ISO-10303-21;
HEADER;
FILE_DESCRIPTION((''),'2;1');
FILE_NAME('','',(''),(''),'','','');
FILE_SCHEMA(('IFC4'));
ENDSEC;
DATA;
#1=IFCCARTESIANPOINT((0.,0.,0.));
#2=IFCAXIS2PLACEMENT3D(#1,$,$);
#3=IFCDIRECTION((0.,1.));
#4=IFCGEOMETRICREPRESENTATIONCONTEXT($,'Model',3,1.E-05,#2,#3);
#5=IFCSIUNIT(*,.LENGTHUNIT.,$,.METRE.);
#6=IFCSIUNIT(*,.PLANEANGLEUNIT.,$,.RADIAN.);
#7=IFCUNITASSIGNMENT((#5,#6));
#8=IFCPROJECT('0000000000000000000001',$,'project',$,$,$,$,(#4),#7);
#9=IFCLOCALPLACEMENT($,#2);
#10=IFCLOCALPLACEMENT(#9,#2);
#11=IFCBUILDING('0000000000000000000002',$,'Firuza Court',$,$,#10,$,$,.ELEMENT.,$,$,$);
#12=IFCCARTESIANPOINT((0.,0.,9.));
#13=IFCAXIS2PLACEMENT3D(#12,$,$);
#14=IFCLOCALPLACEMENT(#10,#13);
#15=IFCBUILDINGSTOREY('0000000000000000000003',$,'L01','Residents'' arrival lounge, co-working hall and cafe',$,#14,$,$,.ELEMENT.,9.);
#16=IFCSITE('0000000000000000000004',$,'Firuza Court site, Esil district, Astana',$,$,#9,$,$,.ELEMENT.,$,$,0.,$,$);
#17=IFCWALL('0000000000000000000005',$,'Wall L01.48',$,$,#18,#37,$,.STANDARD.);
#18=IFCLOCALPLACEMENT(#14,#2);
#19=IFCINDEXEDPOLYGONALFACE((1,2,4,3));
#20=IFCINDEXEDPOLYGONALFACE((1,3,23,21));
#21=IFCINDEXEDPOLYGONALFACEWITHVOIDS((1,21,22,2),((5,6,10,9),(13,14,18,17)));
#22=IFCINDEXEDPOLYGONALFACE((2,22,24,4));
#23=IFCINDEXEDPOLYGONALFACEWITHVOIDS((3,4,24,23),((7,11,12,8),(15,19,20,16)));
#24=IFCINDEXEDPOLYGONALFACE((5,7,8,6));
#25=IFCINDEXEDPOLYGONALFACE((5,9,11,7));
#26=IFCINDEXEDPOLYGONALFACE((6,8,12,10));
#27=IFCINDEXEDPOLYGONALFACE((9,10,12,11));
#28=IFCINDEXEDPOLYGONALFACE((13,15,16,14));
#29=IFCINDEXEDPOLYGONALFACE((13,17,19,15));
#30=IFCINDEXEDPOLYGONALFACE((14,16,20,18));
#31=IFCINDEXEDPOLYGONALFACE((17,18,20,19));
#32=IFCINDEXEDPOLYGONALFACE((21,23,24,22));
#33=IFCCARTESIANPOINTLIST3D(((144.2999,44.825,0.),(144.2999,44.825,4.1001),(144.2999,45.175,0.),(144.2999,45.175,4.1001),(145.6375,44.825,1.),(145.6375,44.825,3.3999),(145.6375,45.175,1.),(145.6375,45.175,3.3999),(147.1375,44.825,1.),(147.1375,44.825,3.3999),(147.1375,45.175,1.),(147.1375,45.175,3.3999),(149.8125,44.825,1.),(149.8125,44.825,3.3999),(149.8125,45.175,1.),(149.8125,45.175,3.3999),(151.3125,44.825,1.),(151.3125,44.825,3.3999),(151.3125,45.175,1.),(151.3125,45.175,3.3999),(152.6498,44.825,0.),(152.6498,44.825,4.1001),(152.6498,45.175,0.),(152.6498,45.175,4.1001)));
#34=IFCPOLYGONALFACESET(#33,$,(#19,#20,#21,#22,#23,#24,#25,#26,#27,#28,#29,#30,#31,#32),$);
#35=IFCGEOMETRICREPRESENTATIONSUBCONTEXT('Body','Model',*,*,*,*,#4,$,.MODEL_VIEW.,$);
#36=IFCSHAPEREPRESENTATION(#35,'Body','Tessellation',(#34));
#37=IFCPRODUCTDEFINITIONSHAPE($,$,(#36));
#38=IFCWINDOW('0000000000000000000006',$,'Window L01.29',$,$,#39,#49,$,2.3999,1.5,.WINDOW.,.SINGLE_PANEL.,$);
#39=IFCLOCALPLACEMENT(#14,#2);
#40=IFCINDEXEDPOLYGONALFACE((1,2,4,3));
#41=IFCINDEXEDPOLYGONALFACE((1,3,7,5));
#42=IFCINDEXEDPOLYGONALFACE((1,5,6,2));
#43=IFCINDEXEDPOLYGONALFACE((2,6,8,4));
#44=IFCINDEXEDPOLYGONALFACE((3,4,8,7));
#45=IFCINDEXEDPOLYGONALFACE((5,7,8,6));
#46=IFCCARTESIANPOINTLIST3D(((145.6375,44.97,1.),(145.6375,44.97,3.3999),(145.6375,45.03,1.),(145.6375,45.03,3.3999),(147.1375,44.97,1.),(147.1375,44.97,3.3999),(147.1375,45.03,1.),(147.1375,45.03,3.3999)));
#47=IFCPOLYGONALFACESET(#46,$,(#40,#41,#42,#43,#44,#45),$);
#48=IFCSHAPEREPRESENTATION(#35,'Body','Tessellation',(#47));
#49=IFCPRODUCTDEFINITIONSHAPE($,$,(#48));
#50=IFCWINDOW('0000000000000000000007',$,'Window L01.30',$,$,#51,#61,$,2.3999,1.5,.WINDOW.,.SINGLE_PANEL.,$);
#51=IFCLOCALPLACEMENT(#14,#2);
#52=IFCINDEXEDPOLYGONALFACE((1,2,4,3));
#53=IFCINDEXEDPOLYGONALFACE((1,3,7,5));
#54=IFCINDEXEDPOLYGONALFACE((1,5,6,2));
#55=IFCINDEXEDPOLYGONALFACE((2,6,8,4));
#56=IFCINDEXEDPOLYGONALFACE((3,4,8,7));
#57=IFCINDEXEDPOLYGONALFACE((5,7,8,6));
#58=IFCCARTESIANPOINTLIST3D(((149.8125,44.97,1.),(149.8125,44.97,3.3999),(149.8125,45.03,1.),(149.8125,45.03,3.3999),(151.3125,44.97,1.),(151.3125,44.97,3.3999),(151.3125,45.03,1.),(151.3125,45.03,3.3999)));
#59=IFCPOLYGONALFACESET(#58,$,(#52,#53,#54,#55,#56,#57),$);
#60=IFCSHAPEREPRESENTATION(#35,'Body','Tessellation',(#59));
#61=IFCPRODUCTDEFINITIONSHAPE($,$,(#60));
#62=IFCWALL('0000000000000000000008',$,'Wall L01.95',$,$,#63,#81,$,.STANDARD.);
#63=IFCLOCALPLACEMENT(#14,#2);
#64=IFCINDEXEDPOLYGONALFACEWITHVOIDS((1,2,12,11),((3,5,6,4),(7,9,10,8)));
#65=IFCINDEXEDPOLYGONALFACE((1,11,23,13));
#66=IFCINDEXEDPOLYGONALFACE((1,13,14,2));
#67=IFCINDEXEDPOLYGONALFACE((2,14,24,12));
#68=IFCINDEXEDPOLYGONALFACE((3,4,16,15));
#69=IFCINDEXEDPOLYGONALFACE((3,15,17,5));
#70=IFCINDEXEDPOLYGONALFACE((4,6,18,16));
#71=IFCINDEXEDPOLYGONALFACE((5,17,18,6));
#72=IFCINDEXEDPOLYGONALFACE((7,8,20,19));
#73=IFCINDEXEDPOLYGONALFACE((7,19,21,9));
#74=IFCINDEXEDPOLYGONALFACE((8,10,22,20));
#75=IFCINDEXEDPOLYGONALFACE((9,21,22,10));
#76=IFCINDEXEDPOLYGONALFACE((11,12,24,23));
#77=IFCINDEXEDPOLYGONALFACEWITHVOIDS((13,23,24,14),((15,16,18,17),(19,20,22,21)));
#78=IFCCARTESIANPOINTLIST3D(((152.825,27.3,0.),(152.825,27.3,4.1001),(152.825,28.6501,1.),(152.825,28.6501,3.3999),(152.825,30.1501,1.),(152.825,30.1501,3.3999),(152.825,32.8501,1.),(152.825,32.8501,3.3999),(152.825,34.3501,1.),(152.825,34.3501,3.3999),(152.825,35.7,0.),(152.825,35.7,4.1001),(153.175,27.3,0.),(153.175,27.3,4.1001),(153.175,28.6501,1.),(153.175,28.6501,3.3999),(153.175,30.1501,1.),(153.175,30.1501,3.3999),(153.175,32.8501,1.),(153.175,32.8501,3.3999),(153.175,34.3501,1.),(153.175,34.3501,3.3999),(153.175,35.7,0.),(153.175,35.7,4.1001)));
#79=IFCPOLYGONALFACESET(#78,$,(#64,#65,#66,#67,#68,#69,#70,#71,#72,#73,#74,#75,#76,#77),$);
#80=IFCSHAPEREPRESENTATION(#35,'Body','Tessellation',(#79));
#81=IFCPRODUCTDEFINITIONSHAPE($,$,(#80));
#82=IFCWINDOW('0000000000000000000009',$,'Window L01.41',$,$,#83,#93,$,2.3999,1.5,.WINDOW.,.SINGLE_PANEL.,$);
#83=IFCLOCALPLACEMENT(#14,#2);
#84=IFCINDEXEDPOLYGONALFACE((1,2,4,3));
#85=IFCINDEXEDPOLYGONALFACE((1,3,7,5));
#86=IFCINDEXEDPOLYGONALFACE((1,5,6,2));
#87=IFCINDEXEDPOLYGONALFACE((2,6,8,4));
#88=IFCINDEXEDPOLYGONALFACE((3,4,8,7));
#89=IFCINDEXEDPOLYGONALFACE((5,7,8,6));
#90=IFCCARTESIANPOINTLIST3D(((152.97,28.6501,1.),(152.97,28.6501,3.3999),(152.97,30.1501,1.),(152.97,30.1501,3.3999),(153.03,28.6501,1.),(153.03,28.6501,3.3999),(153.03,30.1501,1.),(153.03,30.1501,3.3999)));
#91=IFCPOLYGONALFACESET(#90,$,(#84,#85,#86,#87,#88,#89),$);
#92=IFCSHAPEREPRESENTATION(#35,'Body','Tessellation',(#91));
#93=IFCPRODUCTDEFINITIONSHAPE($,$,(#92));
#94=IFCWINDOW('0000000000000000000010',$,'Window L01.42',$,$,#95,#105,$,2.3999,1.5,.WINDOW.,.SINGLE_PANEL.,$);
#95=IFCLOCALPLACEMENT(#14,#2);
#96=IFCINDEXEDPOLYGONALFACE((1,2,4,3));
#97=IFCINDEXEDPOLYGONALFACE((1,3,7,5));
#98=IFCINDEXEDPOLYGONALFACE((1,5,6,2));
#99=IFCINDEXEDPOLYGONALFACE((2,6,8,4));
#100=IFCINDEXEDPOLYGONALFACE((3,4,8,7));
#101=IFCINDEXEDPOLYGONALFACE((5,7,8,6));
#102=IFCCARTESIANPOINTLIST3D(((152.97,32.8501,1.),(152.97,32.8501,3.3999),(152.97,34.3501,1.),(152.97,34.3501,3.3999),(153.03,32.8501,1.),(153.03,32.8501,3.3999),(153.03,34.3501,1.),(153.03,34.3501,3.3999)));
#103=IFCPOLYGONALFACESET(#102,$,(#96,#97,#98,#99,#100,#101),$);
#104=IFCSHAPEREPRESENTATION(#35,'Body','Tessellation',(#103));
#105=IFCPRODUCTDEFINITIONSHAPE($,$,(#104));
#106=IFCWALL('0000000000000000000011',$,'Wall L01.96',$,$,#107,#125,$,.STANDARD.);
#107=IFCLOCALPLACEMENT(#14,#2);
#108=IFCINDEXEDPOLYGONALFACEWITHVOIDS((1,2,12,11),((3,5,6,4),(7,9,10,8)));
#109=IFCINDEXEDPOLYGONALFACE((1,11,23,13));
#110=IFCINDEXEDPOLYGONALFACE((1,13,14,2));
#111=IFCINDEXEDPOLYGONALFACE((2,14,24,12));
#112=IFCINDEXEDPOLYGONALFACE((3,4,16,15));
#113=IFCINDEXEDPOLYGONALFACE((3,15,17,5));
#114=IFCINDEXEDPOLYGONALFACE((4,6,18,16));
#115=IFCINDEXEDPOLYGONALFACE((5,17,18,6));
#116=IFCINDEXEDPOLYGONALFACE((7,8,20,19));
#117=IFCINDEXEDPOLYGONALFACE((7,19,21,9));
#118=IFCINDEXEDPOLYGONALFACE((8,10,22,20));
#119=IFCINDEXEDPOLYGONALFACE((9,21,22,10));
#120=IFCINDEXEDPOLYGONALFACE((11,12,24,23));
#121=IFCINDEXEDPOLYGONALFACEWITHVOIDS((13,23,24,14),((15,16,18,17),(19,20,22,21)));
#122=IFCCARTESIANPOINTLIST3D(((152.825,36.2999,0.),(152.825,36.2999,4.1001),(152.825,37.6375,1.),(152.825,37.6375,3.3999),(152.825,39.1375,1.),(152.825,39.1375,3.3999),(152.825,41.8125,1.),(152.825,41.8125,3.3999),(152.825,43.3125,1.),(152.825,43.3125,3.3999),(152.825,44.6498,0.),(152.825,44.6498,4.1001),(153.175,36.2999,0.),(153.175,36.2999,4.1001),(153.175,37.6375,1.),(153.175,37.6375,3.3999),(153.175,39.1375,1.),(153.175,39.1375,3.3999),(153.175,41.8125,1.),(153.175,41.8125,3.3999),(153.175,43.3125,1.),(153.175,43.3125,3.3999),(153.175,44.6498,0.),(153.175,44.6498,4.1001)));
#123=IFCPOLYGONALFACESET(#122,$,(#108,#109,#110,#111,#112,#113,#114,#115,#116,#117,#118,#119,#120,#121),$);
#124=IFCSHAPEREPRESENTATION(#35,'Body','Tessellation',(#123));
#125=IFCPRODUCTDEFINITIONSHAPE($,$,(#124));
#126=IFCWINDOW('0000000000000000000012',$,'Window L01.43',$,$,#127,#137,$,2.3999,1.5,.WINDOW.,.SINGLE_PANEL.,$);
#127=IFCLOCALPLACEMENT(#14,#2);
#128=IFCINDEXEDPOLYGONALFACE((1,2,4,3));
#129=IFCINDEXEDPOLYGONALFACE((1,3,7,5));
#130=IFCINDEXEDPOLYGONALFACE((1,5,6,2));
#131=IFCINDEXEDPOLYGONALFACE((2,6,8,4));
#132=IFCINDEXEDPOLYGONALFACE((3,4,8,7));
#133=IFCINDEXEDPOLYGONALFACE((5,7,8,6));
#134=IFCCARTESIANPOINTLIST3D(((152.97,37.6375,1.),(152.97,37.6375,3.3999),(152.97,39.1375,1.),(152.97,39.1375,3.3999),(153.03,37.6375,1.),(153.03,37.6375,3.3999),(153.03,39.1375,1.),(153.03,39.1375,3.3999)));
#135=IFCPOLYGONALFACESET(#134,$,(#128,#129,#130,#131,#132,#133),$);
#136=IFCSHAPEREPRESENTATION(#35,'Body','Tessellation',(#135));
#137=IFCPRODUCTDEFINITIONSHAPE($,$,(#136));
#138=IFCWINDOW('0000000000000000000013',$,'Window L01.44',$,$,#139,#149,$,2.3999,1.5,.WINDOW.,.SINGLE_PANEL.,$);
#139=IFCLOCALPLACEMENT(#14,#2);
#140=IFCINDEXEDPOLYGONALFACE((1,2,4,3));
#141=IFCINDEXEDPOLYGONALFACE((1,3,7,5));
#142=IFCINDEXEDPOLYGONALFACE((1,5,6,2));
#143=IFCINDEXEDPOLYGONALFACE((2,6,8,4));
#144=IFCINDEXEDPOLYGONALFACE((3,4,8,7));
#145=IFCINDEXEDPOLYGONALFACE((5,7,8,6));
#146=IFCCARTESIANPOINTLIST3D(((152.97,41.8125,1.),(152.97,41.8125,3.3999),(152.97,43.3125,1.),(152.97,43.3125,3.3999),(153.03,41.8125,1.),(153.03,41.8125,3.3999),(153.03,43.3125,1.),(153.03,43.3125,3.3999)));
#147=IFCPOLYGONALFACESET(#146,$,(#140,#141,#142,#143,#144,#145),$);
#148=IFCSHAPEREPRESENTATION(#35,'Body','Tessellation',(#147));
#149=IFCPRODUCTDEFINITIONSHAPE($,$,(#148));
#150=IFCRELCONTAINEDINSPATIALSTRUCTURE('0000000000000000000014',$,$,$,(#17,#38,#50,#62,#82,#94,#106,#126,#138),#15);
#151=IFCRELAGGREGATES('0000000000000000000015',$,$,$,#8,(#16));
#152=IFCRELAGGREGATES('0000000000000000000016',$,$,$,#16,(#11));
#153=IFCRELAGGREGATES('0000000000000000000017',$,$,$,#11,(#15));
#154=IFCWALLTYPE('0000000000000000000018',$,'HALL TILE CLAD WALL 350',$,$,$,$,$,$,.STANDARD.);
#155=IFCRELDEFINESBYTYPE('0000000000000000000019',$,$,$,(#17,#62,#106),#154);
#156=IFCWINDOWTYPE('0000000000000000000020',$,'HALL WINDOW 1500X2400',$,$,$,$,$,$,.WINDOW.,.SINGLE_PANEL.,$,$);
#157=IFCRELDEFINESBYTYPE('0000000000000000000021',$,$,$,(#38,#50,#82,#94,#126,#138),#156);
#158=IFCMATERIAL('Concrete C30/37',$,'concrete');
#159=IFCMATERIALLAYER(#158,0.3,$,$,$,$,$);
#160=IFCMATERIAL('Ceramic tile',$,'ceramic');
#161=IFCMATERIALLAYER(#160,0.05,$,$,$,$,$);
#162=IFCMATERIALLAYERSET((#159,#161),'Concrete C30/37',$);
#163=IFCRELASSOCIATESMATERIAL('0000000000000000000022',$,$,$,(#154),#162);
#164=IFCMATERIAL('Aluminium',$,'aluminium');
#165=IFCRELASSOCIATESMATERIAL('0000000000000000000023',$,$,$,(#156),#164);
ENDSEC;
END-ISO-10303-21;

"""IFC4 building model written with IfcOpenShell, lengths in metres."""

from ifc_helpers import new_model, si_unit, direction, frame, frame_2d, origin, place, context, subcontext, project, spatial, rectangle, extrude, material, layer, layer_set, type_object, element, fill, save


model = new_model("IFC4")

# Units and contexts
model_context = context("Model", 3, precision=1e-05, world=origin(), true_north=direction((0.0, 1.0)))
body_context = subcontext(model_context, "Body", "Model", "MODEL_VIEW")
ifc_project = project(units=[si_unit("LENGTHUNIT", "METRE"), si_unit("PLANEANGLEUNIT", "RADIAN")], contexts=[model_context])

# Site, building, storey
site_placement = place(None, origin())
site = spatial("IfcSite", under=ifc_project, at=site_placement, Name="Firuza Court site, Esil district, Astana", CompositionType="ELEMENT", RefElevation=0.0)
building_placement = place(site_placement, origin())
building = spatial("IfcBuilding", under=site, at=building_placement, Name="Firuza Court", CompositionType="ELEMENT")
storey_placement = place(building_placement, frame((0.0, 0.0, 9.0)))
storey = spatial("IfcBuildingStorey", under=building, at=storey_placement, Name="L01", Description="Residents' arrival lounge, co-working hall and cafe", CompositionType="ELEMENT", Elevation=9.0)

# Shared definitions
ifc_material_1 = material(Name="Concrete C30/37", Category="concrete")
ifc_layer_1 = layer(ifc_material_1, 0.3)
ifc_material_2 = material(Name="Ceramic tile", Category="ceramic")
ifc_layer_2 = layer(ifc_material_2, 0.05)
ifc_layer_set_1 = layer_set([ifc_layer_1, ifc_layer_2], Name="Concrete C30/37")
wall_type_1 = type_object("IfcWallType", Name="HALL TILE CLAD WALL 350", PredefinedType="STANDARD", material=ifc_layer_set_1)

# Walls, openings, windows
wall_1_placement = place(storey_placement, frame((144.3, 45.0, 0.0), z_axis=(0.0, 0.0, 1.0), x_axis=(1.0, 0.0, 0.0)))
wall_1 = element("IfcWall", 1, at=wall_1_placement, inside=storey, type_object=wall_type_1, Name="Wall L01.48", PredefinedType="STANDARD", context=body_context, shape_type="SweptSolid", body=[
    extrude(rectangle(XDim=8.3499, YDim=0.3501, at=frame_2d((4.1748, 0.0))), origin(), (0.0, 0.0, 1.0), 4.1001),
])
opening_1_placement = place(wall_1_placement, frame((1.3374, 0.0, 1.0)))
opening_1 = element("IfcOpeningElement", 2, at=opening_1_placement, cuts=wall_1, PredefinedType="OPENING", context=body_context, shape_type="SweptSolid", body=[
    extrude(rectangle(XDim=1.5, YDim=2.3999, at=frame_2d((0.75, 1.2))), frame((0.0, 0.187, 0.0), z_axis=(0.0, -1.0, 0.0), x_axis=(1.0, 0.0, 0.0)), (0.0, 0.0, 1.0), 0.374),
])
opening_2_placement = place(wall_1_placement, frame((5.5125, 0.0, 1.0)))
opening_2 = element("IfcOpeningElement", 3, at=opening_2_placement, cuts=wall_1, PredefinedType="OPENING", context=body_context, shape_type="SweptSolid", body=[
    extrude(rectangle(XDim=1.5, YDim=2.3999, at=frame_2d((0.75, 1.2))), frame((0.0, 0.187, 0.0), z_axis=(0.0, -1.0, 0.0), x_axis=(1.0, 0.0, 0.0)), (0.0, 0.0, 1.0), 0.374),
])
ifc_material_3 = material(Name="Aluminium", Category="aluminium")
window_type = type_object("IfcWindowType", Name="HALL WINDOW 1500X2400", PartitioningType="SINGLE_PANEL", PredefinedType="WINDOW", material=ifc_material_3)
window_1_placement = place(opening_1_placement, origin())
window_1 = element("IfcWindow", 4, at=window_1_placement, inside=storey, type_object=window_type, Name="Window L01.29", OverallHeight=2.3999, OverallWidth=1.5, PartitioningType="SINGLE_PANEL", PredefinedType="WINDOW", context=body_context, shape_type="SweptSolid", body=[
    extrude(rectangle(XDim=1.5, YDim=2.3999, at=frame_2d((0.75, 1.2))), frame((0.0, 0.03, 0.0), z_axis=(0.0, -1.0, 0.0), x_axis=(1.0, 0.0, 0.0)), (0.0, 0.0, 1.0), 0.0601),
])
fill(opening_1, window_1)
window_2_placement = place(opening_2_placement, origin())
window_2 = element("IfcWindow", 5, at=window_2_placement, inside=storey, type_object=window_type, Name="Window L01.30", OverallHeight=2.3999, OverallWidth=1.5, PartitioningType="SINGLE_PANEL", PredefinedType="WINDOW", context=body_context, shape_type="SweptSolid", body=[
    extrude(rectangle(XDim=1.5, YDim=2.3999, at=frame_2d((0.75, 1.2))), frame((0.0, 0.03, 0.0), z_axis=(0.0, -1.0, 0.0), x_axis=(1.0, 0.0, 0.0)), (0.0, 0.0, 1.0), 0.0601),
])
fill(opening_2, window_2)
wall_2_placement = place(storey_placement, frame((153.0, 27.3, 0.0), z_axis=(0.0, 0.0, 1.0), x_axis=(0.0, 1.0, 0.0)))
wall_2 = element("IfcWall", 6, at=wall_2_placement, inside=storey, type_object=wall_type_1, Name="Wall L01.95", PredefinedType="STANDARD", context=body_context, shape_type="SweptSolid", body=[
    extrude(rectangle(XDim=8.3999, YDim=0.3501, at=frame_2d((4.2, 0.0))), origin(), (0.0, 0.0, 1.0), 4.1001),
])
opening_3_placement = place(wall_2_placement, frame((1.3501, 0.0, 1.0)))
opening_3 = element("IfcOpeningElement", 7, at=opening_3_placement, cuts=wall_2, PredefinedType="OPENING", context=body_context, shape_type="SweptSolid", body=[
    extrude(rectangle(XDim=1.5, YDim=2.3999, at=frame_2d((0.75, 1.2))), frame((0.0, 0.187, 0.0), z_axis=(0.0, -1.0, 0.0), x_axis=(1.0, 0.0, 0.0)), (0.0, 0.0, 1.0), 0.374),
])
opening_4_placement = place(wall_2_placement, frame((5.55, 0.0, 1.0)))
opening_4 = element("IfcOpeningElement", 8, at=opening_4_placement, cuts=wall_2, PredefinedType="OPENING", context=body_context, shape_type="SweptSolid", body=[
    extrude(rectangle(XDim=1.5, YDim=2.3999, at=frame_2d((0.75, 1.2))), frame((0.0, 0.187, 0.0), z_axis=(0.0, -1.0, 0.0), x_axis=(1.0, 0.0, 0.0)), (0.0, 0.0, 1.0), 0.374),
])
window_3_placement = place(opening_3_placement, origin())
window_3 = element("IfcWindow", 9, at=window_3_placement, inside=storey, type_object=window_type, Name="Window L01.41", OverallHeight=2.3999, OverallWidth=1.5, PartitioningType="SINGLE_PANEL", PredefinedType="WINDOW", context=body_context, shape_type="SweptSolid", body=[
    extrude(rectangle(XDim=1.5, YDim=2.3999, at=frame_2d((0.75, 1.2))), frame((0.0, 0.03, 0.0), z_axis=(0.0, -1.0, 0.0), x_axis=(1.0, 0.0, 0.0)), (0.0, 0.0, 1.0), 0.0601),
])
fill(opening_3, window_3)
window_4_placement = place(opening_4_placement, origin())
window_4 = element("IfcWindow", 10, at=window_4_placement, inside=storey, type_object=window_type, Name="Window L01.42", OverallHeight=2.3999, OverallWidth=1.5, PartitioningType="SINGLE_PANEL", PredefinedType="WINDOW", context=body_context, shape_type="SweptSolid", body=[
    extrude(rectangle(XDim=1.5, YDim=2.3999, at=frame_2d((0.75, 1.2))), frame((0.0, 0.03, 0.0), z_axis=(0.0, -1.0, 0.0), x_axis=(1.0, 0.0, 0.0)), (0.0, 0.0, 1.0), 0.0601),
])
fill(opening_4, window_4)
wall_3_placement = place(storey_placement, frame((153.0, 36.3, 0.0), z_axis=(0.0, 0.0, 1.0), x_axis=(0.0, 1.0, 0.0)))
wall_3 = element("IfcWall", 11, at=wall_3_placement, inside=storey, type_object=wall_type_1, Name="Wall L01.96", PredefinedType="STANDARD", context=body_context, shape_type="SweptSolid", body=[
    extrude(rectangle(XDim=8.3499, YDim=0.3501, at=frame_2d((4.1748, 0.0))), origin(), (0.0, 0.0, 1.0), 4.1001),
])
opening_5_placement = place(wall_3_placement, frame((1.3374, 0.0, 1.0)))
opening_5 = element("IfcOpeningElement", 12, at=opening_5_placement, cuts=wall_3, PredefinedType="OPENING", context=body_context, shape_type="SweptSolid", body=[
    extrude(rectangle(XDim=1.5, YDim=2.3999, at=frame_2d((0.75, 1.2))), frame((0.0, 0.187, 0.0), z_axis=(0.0, -1.0, 0.0), x_axis=(1.0, 0.0, 0.0)), (0.0, 0.0, 1.0), 0.374),
])
opening_6_placement = place(wall_3_placement, frame((5.5125, 0.0, 1.0)))
opening_6 = element("IfcOpeningElement", 13, at=opening_6_placement, cuts=wall_3, PredefinedType="OPENING", context=body_context, shape_type="SweptSolid", body=[
    extrude(rectangle(XDim=1.5, YDim=2.3999, at=frame_2d((0.75, 1.2))), frame((0.0, 0.187, 0.0), z_axis=(0.0, -1.0, 0.0), x_axis=(1.0, 0.0, 0.0)), (0.0, 0.0, 1.0), 0.374),
])
window_5_placement = place(opening_5_placement, origin())
window_5 = element("IfcWindow", 14, at=window_5_placement, inside=storey, type_object=window_type, Name="Window L01.43", OverallHeight=2.3999, OverallWidth=1.5, PartitioningType="SINGLE_PANEL", PredefinedType="WINDOW", context=body_context, shape_type="SweptSolid", body=[
    extrude(rectangle(XDim=1.5, YDim=2.3999, at=frame_2d((0.75, 1.2))), frame((0.0, 0.03, 0.0), z_axis=(0.0, -1.0, 0.0), x_axis=(1.0, 0.0, 0.0)), (0.0, 0.0, 1.0), 0.0601),
])
fill(opening_5, window_5)
window_6_placement = place(opening_6_placement, origin())
window_6 = element("IfcWindow", 15, at=window_6_placement, inside=storey, type_object=window_type, Name="Window L01.44", OverallHeight=2.3999, OverallWidth=1.5, PartitioningType="SINGLE_PANEL", PredefinedType="WINDOW", context=body_context, shape_type="SweptSolid", body=[
    extrude(rectangle(XDim=1.5, YDim=2.3999, at=frame_2d((0.75, 1.2))), frame((0.0, 0.03, 0.0), z_axis=(0.0, -1.0, 0.0), x_axis=(1.0, 0.0, 0.0)), (0.0, 0.0, 1.0), 0.0601),
])
fill(opening_6, window_6)

save(model, "model.ifc")
